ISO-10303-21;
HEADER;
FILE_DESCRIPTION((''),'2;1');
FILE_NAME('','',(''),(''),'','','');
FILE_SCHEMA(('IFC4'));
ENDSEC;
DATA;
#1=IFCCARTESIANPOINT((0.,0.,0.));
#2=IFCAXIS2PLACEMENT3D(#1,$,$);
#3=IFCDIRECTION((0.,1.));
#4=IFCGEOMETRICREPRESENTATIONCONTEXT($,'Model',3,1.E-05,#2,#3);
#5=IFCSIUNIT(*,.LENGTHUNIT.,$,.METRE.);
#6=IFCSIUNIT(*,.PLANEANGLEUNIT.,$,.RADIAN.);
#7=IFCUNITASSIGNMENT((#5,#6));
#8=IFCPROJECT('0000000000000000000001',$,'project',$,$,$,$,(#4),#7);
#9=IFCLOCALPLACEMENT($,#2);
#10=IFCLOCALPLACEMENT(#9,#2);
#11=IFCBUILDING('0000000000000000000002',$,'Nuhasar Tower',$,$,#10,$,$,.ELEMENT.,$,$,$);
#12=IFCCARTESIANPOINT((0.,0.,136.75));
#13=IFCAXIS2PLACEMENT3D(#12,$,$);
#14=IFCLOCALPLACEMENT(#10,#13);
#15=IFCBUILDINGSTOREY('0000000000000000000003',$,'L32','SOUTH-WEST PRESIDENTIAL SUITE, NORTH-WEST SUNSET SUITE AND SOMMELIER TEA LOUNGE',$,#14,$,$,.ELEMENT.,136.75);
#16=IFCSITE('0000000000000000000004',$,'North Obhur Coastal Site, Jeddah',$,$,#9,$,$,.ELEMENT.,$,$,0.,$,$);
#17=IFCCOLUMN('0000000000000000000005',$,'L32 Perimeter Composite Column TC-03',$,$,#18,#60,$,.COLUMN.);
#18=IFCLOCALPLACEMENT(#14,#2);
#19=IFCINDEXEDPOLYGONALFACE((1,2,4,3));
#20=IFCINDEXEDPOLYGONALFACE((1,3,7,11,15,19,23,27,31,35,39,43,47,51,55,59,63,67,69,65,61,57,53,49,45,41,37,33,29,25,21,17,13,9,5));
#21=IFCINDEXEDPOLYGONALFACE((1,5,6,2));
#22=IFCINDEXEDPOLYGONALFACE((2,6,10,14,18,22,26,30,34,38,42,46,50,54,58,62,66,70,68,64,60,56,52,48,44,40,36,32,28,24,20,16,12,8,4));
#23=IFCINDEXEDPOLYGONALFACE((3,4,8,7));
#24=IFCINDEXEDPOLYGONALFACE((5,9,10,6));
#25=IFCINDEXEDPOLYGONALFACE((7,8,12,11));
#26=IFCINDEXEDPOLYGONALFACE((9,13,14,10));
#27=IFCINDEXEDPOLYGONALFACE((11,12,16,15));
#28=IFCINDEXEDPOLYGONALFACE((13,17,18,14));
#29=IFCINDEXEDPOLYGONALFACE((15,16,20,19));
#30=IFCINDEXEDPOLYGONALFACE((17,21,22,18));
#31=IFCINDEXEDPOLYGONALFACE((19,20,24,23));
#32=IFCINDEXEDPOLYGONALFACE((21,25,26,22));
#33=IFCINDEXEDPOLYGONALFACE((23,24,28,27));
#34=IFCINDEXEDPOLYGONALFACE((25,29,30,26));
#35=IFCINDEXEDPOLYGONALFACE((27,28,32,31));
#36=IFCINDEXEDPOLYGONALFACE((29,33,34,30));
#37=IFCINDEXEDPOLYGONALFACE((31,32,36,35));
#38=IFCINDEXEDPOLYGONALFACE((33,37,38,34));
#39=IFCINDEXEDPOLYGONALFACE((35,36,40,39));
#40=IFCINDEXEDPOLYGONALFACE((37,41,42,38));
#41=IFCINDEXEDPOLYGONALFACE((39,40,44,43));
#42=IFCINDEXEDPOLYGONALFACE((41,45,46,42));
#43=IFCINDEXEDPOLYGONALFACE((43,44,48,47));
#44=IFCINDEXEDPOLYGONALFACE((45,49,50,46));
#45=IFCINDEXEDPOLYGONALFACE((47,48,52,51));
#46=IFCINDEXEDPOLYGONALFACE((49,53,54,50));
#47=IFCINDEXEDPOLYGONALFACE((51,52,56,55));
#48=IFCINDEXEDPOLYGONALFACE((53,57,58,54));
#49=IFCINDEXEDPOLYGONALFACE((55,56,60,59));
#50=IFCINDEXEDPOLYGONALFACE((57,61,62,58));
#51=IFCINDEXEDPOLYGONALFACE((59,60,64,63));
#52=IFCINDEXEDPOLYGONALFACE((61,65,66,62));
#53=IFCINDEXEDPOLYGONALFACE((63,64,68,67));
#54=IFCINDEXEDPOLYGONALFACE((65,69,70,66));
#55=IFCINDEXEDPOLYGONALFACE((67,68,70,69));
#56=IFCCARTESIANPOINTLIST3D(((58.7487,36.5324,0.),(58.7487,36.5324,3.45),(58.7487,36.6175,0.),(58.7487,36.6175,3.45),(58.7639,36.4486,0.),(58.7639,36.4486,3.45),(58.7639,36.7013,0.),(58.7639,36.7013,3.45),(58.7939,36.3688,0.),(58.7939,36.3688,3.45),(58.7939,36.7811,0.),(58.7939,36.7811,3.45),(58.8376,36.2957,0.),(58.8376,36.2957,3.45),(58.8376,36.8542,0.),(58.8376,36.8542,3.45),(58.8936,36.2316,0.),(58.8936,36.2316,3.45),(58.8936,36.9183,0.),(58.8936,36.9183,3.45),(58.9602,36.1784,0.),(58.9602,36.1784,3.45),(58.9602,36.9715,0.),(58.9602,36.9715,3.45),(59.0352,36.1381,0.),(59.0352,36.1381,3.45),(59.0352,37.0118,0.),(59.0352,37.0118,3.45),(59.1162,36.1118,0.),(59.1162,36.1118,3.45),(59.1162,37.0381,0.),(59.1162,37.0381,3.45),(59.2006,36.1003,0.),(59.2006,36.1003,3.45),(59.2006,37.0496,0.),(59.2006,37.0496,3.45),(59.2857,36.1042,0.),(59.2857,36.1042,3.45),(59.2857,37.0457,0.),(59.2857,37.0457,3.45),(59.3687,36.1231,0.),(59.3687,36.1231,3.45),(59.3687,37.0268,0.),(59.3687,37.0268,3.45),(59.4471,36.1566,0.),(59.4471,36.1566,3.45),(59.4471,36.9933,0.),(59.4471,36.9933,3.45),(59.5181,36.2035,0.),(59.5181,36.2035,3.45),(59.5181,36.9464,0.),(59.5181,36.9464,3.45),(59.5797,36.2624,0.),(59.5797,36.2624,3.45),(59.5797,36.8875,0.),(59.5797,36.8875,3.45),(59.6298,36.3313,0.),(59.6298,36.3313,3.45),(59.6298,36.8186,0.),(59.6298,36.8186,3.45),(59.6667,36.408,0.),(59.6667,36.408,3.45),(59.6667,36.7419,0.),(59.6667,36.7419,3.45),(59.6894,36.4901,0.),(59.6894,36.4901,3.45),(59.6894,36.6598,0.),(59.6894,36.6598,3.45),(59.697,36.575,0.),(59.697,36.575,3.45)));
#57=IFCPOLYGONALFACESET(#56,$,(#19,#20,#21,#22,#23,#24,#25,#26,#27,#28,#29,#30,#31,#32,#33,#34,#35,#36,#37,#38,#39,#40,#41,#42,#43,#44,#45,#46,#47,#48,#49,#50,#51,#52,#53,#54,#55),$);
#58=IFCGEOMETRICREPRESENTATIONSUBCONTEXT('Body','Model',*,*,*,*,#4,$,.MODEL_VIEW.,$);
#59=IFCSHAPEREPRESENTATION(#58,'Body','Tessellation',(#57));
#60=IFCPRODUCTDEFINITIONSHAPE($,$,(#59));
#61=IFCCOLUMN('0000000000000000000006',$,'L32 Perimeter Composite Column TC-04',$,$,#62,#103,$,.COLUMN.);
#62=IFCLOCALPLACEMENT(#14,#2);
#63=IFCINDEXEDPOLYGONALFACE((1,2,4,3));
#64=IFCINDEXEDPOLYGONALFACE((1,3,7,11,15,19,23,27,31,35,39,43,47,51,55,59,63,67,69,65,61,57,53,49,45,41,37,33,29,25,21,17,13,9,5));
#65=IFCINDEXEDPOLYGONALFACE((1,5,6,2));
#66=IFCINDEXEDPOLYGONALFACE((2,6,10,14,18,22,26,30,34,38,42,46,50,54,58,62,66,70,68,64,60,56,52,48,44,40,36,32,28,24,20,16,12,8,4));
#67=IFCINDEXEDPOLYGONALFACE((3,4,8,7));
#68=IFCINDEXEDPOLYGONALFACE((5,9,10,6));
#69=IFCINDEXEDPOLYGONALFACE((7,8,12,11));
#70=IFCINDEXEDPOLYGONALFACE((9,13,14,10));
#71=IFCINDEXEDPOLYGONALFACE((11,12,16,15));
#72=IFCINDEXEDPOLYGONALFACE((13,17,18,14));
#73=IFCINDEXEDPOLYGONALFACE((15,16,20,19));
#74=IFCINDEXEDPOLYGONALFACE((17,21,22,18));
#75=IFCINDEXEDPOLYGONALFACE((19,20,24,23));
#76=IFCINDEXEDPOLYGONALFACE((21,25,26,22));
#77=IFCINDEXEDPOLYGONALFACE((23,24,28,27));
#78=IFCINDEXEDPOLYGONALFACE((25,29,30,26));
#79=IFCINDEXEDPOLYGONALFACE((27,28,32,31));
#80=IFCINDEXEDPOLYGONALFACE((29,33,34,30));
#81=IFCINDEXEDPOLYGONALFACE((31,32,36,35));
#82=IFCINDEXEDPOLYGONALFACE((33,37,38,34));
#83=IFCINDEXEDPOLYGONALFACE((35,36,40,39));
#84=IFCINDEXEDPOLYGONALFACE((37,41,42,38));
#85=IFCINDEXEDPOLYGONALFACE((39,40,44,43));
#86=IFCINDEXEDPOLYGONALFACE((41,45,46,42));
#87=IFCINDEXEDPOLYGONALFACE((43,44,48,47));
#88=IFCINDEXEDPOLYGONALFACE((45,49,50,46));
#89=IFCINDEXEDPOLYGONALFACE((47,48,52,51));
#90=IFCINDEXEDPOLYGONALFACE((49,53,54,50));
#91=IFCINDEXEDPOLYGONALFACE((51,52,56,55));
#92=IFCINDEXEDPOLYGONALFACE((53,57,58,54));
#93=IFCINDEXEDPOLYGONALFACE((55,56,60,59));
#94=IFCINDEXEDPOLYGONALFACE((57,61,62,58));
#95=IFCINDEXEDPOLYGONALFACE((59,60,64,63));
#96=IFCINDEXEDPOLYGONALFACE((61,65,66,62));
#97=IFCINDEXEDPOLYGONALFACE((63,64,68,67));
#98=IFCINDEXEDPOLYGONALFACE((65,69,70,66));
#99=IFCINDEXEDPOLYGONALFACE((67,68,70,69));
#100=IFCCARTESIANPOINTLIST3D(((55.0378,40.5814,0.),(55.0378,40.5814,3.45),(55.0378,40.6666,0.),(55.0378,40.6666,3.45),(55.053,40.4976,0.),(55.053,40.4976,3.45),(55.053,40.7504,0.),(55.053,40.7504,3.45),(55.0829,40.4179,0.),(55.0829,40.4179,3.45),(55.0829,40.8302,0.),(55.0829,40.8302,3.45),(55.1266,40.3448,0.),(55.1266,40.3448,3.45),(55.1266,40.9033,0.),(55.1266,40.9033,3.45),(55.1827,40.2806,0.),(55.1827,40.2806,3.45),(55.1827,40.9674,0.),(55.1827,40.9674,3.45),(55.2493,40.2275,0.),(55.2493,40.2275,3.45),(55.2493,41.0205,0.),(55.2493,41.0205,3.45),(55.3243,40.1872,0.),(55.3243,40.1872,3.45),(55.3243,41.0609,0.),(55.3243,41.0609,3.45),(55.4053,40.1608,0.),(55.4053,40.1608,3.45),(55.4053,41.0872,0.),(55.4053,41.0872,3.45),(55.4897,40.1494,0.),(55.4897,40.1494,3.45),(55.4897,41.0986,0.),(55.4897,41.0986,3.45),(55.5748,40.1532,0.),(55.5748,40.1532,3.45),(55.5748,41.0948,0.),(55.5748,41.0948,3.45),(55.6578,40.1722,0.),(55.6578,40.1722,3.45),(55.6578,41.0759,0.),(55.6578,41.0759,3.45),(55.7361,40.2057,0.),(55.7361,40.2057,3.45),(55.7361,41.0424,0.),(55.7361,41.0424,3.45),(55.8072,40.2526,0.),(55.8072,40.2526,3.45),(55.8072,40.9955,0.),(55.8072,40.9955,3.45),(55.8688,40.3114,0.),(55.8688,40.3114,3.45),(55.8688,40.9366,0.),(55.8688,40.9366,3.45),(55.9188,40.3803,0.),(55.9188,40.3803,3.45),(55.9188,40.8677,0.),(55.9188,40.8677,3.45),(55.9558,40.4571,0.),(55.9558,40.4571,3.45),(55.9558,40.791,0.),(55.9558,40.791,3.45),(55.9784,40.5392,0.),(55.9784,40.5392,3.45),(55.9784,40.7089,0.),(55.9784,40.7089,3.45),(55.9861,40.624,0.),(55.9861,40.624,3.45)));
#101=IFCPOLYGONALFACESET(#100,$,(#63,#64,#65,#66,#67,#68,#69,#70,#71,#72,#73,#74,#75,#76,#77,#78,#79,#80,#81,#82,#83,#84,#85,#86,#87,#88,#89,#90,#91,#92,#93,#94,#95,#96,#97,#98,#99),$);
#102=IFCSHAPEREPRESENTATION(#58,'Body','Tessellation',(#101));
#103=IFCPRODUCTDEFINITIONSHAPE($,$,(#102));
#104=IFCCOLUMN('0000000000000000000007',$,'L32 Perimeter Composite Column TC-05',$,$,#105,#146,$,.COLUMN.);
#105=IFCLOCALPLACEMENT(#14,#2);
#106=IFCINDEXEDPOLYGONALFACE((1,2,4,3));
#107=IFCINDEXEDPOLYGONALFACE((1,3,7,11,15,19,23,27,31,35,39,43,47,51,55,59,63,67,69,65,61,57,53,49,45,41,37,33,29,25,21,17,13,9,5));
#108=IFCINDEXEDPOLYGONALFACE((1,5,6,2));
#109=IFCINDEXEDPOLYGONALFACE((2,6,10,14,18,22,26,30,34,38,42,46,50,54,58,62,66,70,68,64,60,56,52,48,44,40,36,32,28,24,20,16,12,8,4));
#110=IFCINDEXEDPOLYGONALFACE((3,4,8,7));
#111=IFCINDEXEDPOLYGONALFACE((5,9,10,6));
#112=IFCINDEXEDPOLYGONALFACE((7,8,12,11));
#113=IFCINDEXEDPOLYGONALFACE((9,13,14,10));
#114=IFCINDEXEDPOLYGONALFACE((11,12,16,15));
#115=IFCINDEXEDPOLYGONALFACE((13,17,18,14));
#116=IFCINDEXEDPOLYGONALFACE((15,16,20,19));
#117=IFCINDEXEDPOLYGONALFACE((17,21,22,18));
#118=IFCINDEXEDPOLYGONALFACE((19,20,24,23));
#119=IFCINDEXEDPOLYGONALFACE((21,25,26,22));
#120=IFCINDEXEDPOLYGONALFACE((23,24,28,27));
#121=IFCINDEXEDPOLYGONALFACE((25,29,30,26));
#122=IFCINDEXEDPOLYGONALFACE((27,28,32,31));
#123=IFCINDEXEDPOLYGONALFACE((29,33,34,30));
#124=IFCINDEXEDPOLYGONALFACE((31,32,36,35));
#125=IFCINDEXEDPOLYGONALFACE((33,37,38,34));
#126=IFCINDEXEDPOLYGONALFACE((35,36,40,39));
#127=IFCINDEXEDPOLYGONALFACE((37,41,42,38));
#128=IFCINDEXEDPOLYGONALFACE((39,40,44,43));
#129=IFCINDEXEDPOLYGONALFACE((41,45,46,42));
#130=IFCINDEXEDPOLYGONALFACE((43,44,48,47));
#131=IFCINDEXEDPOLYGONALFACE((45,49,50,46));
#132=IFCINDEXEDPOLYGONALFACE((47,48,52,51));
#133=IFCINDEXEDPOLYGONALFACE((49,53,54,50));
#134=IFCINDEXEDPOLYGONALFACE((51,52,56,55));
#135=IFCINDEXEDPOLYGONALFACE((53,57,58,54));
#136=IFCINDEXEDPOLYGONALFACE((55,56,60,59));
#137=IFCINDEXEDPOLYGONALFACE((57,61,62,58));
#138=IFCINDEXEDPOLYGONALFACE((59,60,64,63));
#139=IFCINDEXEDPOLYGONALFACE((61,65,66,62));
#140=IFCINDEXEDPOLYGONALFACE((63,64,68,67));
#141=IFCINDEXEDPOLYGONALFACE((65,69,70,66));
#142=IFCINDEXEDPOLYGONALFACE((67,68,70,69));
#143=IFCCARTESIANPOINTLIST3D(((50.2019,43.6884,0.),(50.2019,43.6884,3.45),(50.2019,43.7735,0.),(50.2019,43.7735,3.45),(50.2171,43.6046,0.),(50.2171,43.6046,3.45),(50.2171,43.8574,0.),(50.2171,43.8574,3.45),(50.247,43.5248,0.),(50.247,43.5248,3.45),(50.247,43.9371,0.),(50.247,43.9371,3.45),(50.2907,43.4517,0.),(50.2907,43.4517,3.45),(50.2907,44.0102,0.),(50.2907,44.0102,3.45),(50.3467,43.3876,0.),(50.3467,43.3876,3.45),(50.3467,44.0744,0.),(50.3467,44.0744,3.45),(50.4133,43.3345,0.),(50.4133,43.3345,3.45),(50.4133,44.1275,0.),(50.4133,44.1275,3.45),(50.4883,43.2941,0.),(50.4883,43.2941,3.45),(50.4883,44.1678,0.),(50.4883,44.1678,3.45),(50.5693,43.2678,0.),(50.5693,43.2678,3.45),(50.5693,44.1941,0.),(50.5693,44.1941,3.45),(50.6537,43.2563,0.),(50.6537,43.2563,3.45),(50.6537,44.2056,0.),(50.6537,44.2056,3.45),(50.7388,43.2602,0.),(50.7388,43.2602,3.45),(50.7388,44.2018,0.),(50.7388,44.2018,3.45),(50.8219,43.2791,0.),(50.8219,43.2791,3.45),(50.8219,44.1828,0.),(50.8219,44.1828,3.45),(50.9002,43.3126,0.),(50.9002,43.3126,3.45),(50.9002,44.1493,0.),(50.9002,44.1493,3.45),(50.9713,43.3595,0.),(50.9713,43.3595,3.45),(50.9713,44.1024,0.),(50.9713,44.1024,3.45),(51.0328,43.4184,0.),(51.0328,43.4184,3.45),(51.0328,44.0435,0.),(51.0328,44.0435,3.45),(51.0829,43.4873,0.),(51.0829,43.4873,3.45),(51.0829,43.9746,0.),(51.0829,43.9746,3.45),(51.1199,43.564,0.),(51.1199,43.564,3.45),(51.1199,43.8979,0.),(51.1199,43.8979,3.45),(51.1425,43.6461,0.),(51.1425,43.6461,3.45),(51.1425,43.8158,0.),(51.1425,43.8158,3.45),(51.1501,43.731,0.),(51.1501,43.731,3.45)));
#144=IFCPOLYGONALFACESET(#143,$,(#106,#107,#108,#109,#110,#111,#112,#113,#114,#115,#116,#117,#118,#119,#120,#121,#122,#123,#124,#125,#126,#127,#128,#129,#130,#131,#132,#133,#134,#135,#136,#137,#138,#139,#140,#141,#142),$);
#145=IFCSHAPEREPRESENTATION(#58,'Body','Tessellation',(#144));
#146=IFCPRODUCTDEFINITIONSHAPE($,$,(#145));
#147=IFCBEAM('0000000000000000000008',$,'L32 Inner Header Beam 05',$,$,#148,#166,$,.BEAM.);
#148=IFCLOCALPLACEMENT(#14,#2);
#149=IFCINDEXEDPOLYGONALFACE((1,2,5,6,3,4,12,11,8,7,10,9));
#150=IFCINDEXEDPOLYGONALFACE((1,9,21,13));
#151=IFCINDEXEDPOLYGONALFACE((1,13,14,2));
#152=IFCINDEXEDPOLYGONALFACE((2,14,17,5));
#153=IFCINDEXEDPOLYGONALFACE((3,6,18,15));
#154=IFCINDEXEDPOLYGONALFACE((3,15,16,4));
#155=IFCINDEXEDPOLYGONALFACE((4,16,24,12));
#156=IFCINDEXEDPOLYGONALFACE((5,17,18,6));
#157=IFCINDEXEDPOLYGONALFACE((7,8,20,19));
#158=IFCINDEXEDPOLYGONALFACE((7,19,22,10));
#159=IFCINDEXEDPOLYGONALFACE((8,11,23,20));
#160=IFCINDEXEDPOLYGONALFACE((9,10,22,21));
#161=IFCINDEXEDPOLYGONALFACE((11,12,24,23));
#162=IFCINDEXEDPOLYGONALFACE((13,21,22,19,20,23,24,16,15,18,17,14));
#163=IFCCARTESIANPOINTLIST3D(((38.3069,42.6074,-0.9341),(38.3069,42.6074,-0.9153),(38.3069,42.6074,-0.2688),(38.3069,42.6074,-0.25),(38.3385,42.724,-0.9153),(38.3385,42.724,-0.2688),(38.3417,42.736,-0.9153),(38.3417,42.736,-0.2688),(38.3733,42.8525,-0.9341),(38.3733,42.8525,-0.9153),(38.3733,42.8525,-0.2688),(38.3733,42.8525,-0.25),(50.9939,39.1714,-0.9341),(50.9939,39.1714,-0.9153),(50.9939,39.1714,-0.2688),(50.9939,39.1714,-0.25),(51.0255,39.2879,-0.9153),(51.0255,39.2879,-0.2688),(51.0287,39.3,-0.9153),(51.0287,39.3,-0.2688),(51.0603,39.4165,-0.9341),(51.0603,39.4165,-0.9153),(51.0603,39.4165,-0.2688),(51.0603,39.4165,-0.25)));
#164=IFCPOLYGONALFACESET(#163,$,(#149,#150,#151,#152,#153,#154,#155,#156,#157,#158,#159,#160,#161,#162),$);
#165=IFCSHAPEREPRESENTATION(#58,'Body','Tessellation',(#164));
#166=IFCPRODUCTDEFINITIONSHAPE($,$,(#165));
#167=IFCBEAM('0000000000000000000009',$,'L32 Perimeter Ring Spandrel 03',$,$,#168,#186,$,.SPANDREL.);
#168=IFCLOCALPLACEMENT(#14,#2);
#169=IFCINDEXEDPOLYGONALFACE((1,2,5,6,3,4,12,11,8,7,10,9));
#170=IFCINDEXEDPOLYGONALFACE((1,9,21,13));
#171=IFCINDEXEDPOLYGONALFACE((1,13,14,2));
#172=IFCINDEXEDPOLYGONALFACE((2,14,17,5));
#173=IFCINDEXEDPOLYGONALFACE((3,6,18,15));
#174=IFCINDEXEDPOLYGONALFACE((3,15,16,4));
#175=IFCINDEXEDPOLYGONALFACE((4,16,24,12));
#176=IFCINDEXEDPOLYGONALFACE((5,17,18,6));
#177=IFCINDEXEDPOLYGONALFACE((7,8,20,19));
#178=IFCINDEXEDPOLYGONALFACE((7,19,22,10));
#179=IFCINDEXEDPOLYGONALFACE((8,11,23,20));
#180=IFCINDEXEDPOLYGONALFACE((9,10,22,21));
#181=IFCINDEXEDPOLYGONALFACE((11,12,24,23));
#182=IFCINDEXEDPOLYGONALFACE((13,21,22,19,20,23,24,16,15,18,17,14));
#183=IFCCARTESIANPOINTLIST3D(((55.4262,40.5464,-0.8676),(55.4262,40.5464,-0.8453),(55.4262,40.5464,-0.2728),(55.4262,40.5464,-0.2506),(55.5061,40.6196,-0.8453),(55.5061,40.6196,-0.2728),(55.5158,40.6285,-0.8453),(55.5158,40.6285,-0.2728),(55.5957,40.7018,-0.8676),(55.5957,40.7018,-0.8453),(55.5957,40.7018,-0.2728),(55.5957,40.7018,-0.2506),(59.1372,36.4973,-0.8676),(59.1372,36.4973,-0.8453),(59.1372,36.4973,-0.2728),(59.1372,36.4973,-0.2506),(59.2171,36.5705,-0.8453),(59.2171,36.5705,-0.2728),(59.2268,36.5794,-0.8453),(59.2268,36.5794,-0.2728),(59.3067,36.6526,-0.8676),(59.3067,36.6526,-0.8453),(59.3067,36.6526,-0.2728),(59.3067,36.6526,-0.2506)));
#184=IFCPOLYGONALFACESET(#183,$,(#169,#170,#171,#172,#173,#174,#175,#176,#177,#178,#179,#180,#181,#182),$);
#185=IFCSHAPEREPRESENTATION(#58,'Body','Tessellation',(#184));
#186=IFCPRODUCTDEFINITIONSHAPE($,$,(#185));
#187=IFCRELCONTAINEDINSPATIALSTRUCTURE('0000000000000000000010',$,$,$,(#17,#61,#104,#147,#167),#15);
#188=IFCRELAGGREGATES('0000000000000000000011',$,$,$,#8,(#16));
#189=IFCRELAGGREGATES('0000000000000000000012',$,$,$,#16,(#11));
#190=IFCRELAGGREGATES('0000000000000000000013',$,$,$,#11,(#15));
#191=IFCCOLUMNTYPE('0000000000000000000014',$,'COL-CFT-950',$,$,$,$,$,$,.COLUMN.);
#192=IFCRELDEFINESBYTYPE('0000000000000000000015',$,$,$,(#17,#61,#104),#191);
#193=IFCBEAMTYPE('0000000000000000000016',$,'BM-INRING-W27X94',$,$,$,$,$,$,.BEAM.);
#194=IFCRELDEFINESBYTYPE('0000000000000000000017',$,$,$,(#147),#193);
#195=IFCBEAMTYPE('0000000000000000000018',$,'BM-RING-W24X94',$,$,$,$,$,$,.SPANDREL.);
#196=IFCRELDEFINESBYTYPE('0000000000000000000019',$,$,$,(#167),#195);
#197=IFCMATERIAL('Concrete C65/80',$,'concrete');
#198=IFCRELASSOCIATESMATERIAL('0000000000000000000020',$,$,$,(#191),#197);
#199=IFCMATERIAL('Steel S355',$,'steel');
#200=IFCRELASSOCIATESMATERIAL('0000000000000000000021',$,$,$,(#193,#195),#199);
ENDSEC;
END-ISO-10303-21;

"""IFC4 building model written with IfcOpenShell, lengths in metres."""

from ifc_helpers import new_model, si_unit, direction, frame, origin, origin_2d, place, context, subcontext, project, spatial, circle, i_section, extrude, material, material_profile, profile_set, type_object, element, save


model = new_model("IFC4")

# Units and contexts
model_context = context("Model", 3, precision=1e-05, world=origin(), true_north=direction((0.0, 1.0)))
body_context = subcontext(model_context, "Body", "Model", "MODEL_VIEW")
ifc_project = project(units=[si_unit("LENGTHUNIT", "METRE"), si_unit("PLANEANGLEUNIT", "RADIAN")], contexts=[model_context])

# Site, building, storey
site_placement = place(None, origin())
site = spatial("IfcSite", under=ifc_project, at=site_placement, Name="North Obhur Coastal Site, Jeddah", CompositionType="ELEMENT", RefElevation=0.0)
building_placement = place(site_placement, origin())
building = spatial("IfcBuilding", under=site, at=building_placement, Name="Nuhasar Tower", CompositionType="ELEMENT")
storey_placement = place(building_placement, frame((0.0, 0.0, 136.75)))
storey = spatial("IfcBuildingStorey", under=building, at=storey_placement, Name="L32", Description="SOUTH-WEST PRESIDENTIAL SUITE, NORTH-WEST SUNSET SUITE AND SOMMELIER TEA LOUNGE", CompositionType="ELEMENT", Elevation=136.75)

# Columns
ifc_material_1 = material(Name="Concrete C65/80", Category="concrete")
ifc_material_profile_1 = material_profile(ifc_material_1, circle(Radius=0.4751, at=origin_2d()), Name="CFT950")
ifc_profile_set_1 = profile_set([ifc_material_profile_1], Name="Concrete C65/80")
column_type = type_object("IfcColumnType", Name="COL-CFT-950", PredefinedType="COLUMN", material=ifc_profile_set_1)
for number, where, z_axis, x_axis, name in (
    (1, (59.2219, 36.575, 0.0), (0.0, 0.0, 1.0), (1.0, 0.0, 0.0), "L32 Perimeter Composite Column TC-03"),
    (2, (55.511, 40.624, 0.0), (0.0, 0.0, 1.0), (1.0, 0.0, 0.0), "L32 Perimeter Composite Column TC-04"),
    (3, (50.675, 43.731, 0.0), (0.0, 0.0, 1.0), (1.0, 0.0, 0.0), "L32 Perimeter Composite Column TC-05"),
):
    element("IfcColumn", number, at=place(storey_placement, frame(where, z_axis=z_axis, x_axis=x_axis)), inside=storey, type_object=column_type, Name=name, PredefinedType="COLUMN", context=body_context, shape_type="SweptSolid", body=[
        extrude(circle(Radius=0.4751, at=origin_2d()), origin(), (0.0, 0.0, 1.0), 3.45),
    ])

# Beams
ifc_material_2 = material(Name="Steel S355", Category="steel")
ifc_material_profile_2 = material_profile(ifc_material_2, i_section(OverallWidth=0.2539, OverallDepth=0.6841, WebThickness=0.0125, FlangeThickness=0.0188, at=origin_2d()), Name="W27X94")
ifc_profile_set_2 = profile_set([ifc_material_profile_2], Name="Steel S355")
beam_type_1 = type_object("IfcBeamType", Name="BM-INRING-W27X94", PredefinedType="BEAM", material=ifc_profile_set_2)
beam_1_placement = place(storey_placement, frame((51.0271, 39.2939, -0.592), z_axis=(-0.965227, 0.261413, 0.0), x_axis=(-0.261413, -0.965227, 0.0)))
element("IfcBeam", 4, at=beam_1_placement, inside=storey, type_object=beam_type_1, Name="L32 Inner Header Beam 05", PredefinedType="BEAM", context=body_context, shape_type="SweptSolid", body=[
    extrude(i_section(OverallWidth=0.2539, OverallDepth=0.6841, WebThickness=0.0125, FlangeThickness=0.0188, at=origin_2d()), origin(), (0.0, 0.0, 1.0), 13.144),
])
ifc_material_profile_3 = material_profile(ifc_material_2, i_section(OverallWidth=0.23, OverallDepth=0.6169, WebThickness=0.0132, FlangeThickness=0.0222, at=origin_2d()), Name="W24X94")
ifc_profile_set_3 = profile_set([ifc_material_profile_3], Name="Steel S355")
beam_type_2 = type_object("IfcBeamType", Name="BM-RING-W24X94", PredefinedType="SPANDREL", material=ifc_profile_set_3)
beam_2_placement = place(storey_placement, frame((59.2219, 36.575, -0.5591), z_axis=(-0.675654, 0.737219, 0.0), x_axis=(-0.737219, -0.675654, 0.0)))
element("IfcBeam", 5, at=beam_2_placement, inside=storey, type_object=beam_type_2, Name="L32 Perimeter Ring Spandrel 03", PredefinedType="SPANDREL", context=body_context, shape_type="SweptSolid", body=[
    extrude(i_section(OverallWidth=0.23, OverallDepth=0.6169, WebThickness=0.0132, FlangeThickness=0.0222, at=origin_2d()), origin(), (0.0, 0.0, 1.0), 5.4924),
])

save(model, "model.ifc")
